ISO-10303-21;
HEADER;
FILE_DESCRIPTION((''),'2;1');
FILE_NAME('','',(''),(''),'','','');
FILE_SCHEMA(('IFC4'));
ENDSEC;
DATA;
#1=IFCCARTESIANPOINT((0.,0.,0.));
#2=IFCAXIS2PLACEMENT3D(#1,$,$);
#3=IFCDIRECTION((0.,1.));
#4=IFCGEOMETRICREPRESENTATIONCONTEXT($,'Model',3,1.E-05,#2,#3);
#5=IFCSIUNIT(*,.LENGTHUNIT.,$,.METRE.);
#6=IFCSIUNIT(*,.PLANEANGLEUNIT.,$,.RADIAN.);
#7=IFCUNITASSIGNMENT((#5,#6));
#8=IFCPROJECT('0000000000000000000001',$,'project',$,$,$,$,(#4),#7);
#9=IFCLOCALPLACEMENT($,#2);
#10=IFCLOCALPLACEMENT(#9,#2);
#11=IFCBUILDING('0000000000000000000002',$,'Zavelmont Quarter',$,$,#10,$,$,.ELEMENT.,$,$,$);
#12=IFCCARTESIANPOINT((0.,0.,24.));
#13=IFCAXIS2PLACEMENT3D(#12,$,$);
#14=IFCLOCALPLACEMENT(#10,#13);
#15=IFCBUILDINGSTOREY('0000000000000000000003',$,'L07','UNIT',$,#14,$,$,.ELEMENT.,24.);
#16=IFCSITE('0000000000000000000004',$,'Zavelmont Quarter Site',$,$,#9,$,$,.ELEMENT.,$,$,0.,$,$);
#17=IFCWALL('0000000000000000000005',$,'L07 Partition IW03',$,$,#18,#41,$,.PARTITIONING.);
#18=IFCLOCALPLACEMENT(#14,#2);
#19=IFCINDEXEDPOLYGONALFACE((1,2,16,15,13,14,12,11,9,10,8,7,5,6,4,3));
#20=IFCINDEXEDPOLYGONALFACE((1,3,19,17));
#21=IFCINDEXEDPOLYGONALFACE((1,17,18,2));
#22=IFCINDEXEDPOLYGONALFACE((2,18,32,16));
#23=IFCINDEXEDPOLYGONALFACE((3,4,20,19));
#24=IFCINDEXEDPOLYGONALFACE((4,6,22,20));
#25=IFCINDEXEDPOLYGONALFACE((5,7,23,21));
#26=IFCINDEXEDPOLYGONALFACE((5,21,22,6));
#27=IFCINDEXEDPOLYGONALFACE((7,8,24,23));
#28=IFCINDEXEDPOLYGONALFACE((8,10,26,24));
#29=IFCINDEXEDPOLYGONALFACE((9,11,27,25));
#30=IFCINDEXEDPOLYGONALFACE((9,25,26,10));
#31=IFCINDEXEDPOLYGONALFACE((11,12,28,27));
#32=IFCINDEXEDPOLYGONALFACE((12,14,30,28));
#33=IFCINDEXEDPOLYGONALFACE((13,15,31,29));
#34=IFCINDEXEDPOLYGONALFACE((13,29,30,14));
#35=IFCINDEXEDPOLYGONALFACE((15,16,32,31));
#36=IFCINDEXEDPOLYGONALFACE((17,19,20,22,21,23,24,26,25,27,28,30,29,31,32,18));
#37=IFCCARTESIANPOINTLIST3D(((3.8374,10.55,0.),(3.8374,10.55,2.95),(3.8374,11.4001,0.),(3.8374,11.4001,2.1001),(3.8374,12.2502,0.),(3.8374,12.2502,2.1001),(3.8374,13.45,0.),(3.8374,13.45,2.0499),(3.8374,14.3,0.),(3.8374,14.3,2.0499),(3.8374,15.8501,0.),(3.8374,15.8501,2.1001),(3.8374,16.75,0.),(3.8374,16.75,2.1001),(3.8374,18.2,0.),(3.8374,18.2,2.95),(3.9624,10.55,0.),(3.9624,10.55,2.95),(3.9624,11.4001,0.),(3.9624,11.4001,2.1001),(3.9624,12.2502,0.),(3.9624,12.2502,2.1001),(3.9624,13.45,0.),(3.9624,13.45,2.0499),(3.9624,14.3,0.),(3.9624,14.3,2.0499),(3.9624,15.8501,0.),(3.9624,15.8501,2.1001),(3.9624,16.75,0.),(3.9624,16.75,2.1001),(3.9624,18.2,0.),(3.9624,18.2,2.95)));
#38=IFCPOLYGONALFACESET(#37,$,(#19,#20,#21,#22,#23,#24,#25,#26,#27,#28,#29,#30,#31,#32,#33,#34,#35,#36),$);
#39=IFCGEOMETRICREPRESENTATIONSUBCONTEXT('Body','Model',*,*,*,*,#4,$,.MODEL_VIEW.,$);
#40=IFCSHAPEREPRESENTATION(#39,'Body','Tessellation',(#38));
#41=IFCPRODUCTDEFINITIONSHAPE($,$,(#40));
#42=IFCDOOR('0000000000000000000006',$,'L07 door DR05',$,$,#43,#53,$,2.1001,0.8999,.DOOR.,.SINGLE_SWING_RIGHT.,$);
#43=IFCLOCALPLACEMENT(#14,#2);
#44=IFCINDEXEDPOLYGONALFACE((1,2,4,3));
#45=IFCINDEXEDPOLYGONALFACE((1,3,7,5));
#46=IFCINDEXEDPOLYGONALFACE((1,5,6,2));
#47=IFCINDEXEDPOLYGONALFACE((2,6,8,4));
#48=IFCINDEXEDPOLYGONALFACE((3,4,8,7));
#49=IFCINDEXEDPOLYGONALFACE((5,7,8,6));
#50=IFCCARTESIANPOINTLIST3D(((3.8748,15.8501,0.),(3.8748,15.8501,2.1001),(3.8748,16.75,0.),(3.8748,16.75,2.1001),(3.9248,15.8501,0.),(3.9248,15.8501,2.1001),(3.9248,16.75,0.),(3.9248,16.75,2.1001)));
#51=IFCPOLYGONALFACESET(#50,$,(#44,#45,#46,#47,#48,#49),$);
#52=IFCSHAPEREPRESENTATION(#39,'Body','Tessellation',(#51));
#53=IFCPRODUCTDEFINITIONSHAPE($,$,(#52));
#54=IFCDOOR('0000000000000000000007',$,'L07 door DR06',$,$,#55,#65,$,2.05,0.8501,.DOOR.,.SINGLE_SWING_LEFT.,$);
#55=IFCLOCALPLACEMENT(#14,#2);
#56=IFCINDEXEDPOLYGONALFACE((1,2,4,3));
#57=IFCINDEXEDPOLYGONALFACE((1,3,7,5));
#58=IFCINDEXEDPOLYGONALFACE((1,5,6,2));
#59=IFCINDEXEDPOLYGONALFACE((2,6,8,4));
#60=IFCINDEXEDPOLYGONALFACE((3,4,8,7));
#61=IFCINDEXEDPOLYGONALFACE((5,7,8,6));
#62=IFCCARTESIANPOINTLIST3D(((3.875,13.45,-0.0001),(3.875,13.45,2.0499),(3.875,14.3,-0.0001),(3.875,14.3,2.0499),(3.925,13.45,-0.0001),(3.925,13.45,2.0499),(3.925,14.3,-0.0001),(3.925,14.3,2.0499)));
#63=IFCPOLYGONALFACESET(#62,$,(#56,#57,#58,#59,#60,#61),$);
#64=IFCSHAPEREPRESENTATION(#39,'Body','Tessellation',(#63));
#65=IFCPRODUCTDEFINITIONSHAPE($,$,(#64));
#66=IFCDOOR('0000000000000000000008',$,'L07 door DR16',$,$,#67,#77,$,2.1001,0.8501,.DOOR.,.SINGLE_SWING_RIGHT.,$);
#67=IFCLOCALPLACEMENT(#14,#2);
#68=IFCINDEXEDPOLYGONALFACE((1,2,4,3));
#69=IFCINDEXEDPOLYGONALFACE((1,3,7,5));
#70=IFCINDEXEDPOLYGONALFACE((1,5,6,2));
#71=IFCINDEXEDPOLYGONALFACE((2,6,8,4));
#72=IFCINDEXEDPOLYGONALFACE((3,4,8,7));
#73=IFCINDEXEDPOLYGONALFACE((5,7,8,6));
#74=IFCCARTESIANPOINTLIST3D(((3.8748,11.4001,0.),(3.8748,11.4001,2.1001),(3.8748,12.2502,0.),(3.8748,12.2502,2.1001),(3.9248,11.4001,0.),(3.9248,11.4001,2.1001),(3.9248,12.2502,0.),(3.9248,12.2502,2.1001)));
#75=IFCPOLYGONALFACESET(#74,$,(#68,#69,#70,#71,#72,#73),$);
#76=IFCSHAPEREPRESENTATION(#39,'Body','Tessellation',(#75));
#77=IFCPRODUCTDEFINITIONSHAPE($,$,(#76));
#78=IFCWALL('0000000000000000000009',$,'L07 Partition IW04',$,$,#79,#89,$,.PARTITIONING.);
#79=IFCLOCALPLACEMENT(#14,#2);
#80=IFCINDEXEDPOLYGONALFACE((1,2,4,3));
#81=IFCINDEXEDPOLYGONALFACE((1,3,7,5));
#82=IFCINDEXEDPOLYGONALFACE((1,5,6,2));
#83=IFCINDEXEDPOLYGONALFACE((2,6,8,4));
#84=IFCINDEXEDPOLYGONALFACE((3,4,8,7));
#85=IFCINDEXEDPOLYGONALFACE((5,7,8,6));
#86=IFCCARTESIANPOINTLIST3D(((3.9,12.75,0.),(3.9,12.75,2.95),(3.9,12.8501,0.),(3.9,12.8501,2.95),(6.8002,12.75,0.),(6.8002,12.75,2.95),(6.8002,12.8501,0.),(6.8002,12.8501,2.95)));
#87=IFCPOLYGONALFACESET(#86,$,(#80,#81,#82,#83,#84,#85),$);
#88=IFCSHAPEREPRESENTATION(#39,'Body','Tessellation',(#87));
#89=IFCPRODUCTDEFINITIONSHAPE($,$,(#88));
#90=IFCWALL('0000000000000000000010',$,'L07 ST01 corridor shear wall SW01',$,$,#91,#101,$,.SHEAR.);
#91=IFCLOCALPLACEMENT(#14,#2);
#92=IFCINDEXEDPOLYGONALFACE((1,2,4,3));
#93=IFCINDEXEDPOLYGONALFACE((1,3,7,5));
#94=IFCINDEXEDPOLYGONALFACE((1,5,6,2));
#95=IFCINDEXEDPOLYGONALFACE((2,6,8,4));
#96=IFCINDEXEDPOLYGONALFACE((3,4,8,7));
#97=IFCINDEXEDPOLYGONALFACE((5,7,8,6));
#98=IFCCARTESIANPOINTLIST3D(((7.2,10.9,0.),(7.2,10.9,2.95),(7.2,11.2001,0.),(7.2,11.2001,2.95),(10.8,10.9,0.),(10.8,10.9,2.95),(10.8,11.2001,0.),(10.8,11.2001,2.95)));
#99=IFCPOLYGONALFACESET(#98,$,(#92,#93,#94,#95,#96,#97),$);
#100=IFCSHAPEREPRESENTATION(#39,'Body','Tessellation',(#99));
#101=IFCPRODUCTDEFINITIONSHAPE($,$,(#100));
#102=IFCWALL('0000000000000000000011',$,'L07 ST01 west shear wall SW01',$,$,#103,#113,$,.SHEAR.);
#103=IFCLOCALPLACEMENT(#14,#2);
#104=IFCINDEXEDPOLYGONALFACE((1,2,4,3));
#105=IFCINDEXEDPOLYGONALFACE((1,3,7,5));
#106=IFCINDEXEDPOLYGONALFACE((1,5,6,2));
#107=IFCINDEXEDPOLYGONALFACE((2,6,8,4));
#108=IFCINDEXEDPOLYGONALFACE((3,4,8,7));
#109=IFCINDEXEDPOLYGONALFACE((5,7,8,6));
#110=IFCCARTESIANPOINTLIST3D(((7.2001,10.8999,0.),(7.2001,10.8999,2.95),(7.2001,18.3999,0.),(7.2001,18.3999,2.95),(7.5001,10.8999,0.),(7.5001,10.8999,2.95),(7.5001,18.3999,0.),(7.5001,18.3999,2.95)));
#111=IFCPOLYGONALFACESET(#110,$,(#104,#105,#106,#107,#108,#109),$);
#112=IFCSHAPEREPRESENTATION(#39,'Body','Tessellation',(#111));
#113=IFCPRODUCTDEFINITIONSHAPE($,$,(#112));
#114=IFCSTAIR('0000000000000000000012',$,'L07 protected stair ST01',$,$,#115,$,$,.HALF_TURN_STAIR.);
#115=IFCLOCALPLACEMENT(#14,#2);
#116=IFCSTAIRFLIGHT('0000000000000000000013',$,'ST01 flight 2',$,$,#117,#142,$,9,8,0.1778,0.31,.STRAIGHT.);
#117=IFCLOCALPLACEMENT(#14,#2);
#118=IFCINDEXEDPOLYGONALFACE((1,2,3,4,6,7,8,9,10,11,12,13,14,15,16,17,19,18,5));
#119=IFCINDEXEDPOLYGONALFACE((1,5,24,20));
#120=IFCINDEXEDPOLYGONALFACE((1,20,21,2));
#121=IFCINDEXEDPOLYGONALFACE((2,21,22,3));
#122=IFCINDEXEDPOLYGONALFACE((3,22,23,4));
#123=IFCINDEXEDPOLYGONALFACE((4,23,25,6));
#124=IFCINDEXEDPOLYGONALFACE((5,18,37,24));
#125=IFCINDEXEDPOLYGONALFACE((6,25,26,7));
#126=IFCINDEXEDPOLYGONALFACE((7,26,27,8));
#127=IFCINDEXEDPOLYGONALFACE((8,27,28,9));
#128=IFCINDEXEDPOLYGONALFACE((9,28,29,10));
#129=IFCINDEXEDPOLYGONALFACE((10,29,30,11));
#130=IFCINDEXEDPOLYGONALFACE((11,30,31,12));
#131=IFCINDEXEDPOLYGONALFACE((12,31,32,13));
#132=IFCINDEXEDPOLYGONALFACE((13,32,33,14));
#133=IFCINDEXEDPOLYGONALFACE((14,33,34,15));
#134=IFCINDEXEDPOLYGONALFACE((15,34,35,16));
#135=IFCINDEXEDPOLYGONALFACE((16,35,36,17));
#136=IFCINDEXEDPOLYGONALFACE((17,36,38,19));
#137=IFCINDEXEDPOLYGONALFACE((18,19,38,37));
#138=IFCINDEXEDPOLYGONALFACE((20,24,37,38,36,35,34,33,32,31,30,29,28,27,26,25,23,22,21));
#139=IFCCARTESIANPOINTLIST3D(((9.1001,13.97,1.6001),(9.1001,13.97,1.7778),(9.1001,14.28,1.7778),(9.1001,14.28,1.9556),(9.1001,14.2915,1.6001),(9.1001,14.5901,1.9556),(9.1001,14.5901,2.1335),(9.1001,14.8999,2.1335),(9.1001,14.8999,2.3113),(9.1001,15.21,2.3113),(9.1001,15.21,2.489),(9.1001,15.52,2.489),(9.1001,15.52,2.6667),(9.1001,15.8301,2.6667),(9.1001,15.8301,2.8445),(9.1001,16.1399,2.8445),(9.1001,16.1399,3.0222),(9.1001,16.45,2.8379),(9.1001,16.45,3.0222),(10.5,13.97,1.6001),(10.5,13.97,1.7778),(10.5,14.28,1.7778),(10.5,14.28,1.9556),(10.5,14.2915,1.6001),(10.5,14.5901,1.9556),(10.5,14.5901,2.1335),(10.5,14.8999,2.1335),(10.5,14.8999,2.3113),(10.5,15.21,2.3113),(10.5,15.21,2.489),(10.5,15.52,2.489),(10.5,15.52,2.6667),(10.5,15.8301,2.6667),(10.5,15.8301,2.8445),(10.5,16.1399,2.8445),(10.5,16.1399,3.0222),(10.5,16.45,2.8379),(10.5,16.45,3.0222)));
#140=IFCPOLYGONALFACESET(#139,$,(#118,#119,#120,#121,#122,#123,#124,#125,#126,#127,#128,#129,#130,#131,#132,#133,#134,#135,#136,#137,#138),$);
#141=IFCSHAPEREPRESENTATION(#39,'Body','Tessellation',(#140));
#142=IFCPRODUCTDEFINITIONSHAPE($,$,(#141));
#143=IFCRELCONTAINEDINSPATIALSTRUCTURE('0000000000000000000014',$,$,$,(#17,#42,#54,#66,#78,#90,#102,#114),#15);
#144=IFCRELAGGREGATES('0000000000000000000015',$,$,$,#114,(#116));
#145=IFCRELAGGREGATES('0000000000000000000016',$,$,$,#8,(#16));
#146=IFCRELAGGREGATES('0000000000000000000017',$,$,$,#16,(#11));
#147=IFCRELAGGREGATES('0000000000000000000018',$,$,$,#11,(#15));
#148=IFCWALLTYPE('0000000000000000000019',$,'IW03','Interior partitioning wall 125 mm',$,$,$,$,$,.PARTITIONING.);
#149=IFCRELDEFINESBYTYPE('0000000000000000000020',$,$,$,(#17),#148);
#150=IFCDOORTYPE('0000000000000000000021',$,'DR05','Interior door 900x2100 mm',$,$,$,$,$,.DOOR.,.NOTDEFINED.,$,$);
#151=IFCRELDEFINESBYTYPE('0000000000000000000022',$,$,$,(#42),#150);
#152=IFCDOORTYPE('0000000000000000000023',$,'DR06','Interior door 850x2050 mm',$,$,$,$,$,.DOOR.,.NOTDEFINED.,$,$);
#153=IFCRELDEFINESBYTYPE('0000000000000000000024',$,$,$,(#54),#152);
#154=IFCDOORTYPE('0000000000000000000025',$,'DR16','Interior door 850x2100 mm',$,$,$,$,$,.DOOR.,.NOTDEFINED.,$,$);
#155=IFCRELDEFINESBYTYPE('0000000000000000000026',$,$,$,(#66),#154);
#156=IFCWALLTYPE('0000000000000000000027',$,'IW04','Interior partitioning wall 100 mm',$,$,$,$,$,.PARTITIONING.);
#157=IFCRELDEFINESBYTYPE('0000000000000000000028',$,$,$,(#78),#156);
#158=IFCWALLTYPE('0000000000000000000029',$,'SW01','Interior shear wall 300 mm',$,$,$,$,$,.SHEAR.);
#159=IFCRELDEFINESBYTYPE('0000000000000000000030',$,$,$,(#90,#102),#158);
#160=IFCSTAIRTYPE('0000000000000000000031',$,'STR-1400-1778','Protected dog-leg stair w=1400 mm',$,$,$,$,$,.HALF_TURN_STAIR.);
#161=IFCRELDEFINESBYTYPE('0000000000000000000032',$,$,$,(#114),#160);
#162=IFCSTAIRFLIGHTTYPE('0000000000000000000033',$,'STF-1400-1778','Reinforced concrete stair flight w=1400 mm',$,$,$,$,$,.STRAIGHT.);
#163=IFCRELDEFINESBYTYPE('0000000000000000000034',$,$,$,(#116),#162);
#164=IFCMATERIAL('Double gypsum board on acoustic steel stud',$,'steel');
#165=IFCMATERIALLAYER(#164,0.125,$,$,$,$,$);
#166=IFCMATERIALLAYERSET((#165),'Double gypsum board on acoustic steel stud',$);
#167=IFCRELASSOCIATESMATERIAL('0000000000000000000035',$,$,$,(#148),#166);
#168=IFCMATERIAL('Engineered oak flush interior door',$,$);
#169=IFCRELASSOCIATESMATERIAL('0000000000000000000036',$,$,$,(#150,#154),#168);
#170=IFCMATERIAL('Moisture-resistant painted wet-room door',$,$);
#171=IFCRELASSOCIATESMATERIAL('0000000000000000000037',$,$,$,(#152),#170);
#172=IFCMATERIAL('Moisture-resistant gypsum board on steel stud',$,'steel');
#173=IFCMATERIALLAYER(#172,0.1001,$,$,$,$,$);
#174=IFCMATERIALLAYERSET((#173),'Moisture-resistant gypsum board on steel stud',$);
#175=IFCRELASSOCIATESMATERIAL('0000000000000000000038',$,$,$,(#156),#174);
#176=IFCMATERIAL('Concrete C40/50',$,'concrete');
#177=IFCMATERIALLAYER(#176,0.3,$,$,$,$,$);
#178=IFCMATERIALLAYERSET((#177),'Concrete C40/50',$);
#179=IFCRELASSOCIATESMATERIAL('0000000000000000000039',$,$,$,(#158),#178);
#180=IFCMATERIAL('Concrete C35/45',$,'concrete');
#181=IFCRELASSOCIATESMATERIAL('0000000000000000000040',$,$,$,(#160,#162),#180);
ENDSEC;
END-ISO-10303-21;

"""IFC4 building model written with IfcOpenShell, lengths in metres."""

from ifc_helpers import new_model, si_unit, direction, frame, frame_2d, origin, origin_with_axes, place, context, subcontext, project, spatial, polyline, rectangle, outline, extrude, material, layer, layer_set, type_object, element, fill, aggregate, save


model = new_model("IFC4")

# Units and contexts
model_context = context("Model", 3, precision=1e-05, world=origin(), true_north=direction((0.0, 1.0)))
body_context = subcontext(model_context, "Body", "Model", "MODEL_VIEW")
ifc_project = project(units=[si_unit("LENGTHUNIT", "METRE"), si_unit("PLANEANGLEUNIT", "RADIAN")], contexts=[model_context])

# Site, building, storey
site_placement = place(None, origin())
site = spatial("IfcSite", under=ifc_project, at=site_placement, Name="Zavelmont Quarter Site", CompositionType="ELEMENT", RefElevation=0.0)
building_placement = place(site_placement, origin())
building = spatial("IfcBuilding", under=site, at=building_placement, Name="Zavelmont Quarter", CompositionType="ELEMENT")
storey_placement = place(building_placement, frame((0.0, 0.0, 24.0)))
storey = spatial("IfcBuildingStorey", under=building, at=storey_placement, Name="L07", Description="UNIT", CompositionType="ELEMENT", Elevation=24.0)

# Shared definitions
ifc_material_1 = material(Name="Concrete C40/50", Category="concrete")

# Shared definitions
ifc_material_2 = material(Name="Concrete C35/45", Category="concrete")

# Wall, openings, doors
ifc_material_3 = material(Name="Double gypsum board on acoustic steel stud", Category="steel")
ifc_layer_1 = layer(ifc_material_3, 0.125)
ifc_layer_set_1 = layer_set([ifc_layer_1], Name="Double gypsum board on acoustic steel stud")
wall_type_1 = type_object("IfcWallType", Name="IW03", Description="Interior partitioning wall 125 mm", PredefinedType="PARTITIONING", material=ifc_layer_set_1)
wall_1_placement = place(storey_placement, frame((3.8999, 10.55, 0.0), z_axis=(0.0, 0.0, 1.0), x_axis=(0.0, 1.0, 0.0)))
wall_1 = element("IfcWall", 1, at=wall_1_placement, inside=storey, type_object=wall_type_1, Name="L07 Partition IW03", PredefinedType="PARTITIONING", context=body_context, shape_type="SweptSolid", body=[
    extrude(rectangle(XDim=7.6499, YDim=0.125, at=frame_2d((3.825, 0.0))), origin(), (0.0, 0.0, 1.0), 2.95),
])
opening_1_placement = place(wall_1_placement, frame((0.8501, 0.0, 0.0)))
opening_1 = element("IfcOpeningElement", 2, at=opening_1_placement, cuts=wall_1, PredefinedType="OPENING", context=body_context, shape_type="SweptSolid", body=[
    extrude(rectangle(XDim=0.8501, YDim=2.1001, at=frame_2d((0.425, 1.05))), frame((0.0, 0.0745, 0.0), z_axis=(0.0, -1.0, 0.0), x_axis=(1.0, 0.0, 0.0)), (0.0, 0.0, 1.0), 0.1489),
])
opening_2_placement = place(wall_1_placement, frame((2.8999, 0.0, 0.0)))
opening_2 = element("IfcOpeningElement", 3, at=opening_2_placement, cuts=wall_1, PredefinedType="OPENING", context=body_context, shape_type="SweptSolid", body=[
    extrude(rectangle(XDim=0.8501, YDim=2.05, at=frame_2d((0.425, 1.0249))), frame((0.0, 0.0745, 0.0), z_axis=(0.0, -1.0, 0.0), x_axis=(1.0, 0.0, 0.0)), (0.0, 0.0, 1.0), 0.1489),
])
opening_3_placement = place(wall_1_placement, frame((5.3, 0.0, 0.0)))
opening_3 = element("IfcOpeningElement", 4, at=opening_3_placement, cuts=wall_1, PredefinedType="OPENING", context=body_context, shape_type="SweptSolid", body=[
    extrude(rectangle(XDim=0.8999, YDim=2.1001, at=frame_2d((0.45, 1.05))), frame((0.0, 0.0745, 0.0), z_axis=(0.0, -1.0, 0.0), x_axis=(1.0, 0.0, 0.0)), (0.0, 0.0, 1.0), 0.1489),
])
ifc_material_4 = material(Name="Engineered oak flush interior door")
door_type_1 = type_object("IfcDoorType", Name="DR05", Description="Interior door 900x2100 mm", OperationType="NOTDEFINED", PredefinedType="DOOR", material=ifc_material_4)
door_1_placement = place(opening_3_placement, frame((0.8999, 0.0, 0.0), z_axis=(0.0, 0.0, 1.0), x_axis=(-1.0, 0.0, 0.0)))
door_1 = element("IfcDoor", 5, at=door_1_placement, inside=storey, type_object=door_type_1, Name="L07 door DR05", OperationType="SINGLE_SWING_RIGHT", OverallHeight=2.1001, OverallWidth=0.8999, PredefinedType="DOOR", context=body_context, shape_type="SweptSolid", body=[
    extrude(rectangle(XDim=0.8999, YDim=2.1001, at=frame_2d((0.45, 1.05))), frame((0.0, 0.0249, 0.0), z_axis=(0.0, -1.0, 0.0), x_axis=(1.0, 0.0, 0.0)), (0.0, 0.0, 1.0), 0.05),
])
fill(opening_3, door_1)
ifc_material_5 = material(Name="Moisture-resistant painted wet-room door")
door_type_2 = type_object("IfcDoorType", Name="DR06", Description="Interior door 850x2050 mm", OperationType="NOTDEFINED", PredefinedType="DOOR", material=ifc_material_5)
door_2_placement = place(opening_2_placement, origin_with_axes())
door_2 = element("IfcDoor", 6, at=door_2_placement, inside=storey, type_object=door_type_2, Name="L07 door DR06", OperationType="SINGLE_SWING_LEFT", OverallHeight=2.05, OverallWidth=0.8501, PredefinedType="DOOR", context=body_context, shape_type="SweptSolid", body=[
    extrude(rectangle(XDim=0.8501, YDim=2.05, at=frame_2d((0.425, 1.0249))), frame((0.0, 0.0249, 0.0), z_axis=(0.0, -1.0, 0.0), x_axis=(1.0, 0.0, 0.0)), (0.0, 0.0, 1.0), 0.05),
])
fill(opening_2, door_2)
door_type_3 = type_object("IfcDoorType", Name="DR16", Description="Interior door 850x2100 mm", OperationType="NOTDEFINED", PredefinedType="DOOR", material=ifc_material_4)
door_3_placement = place(opening_1_placement, frame((0.8501, 0.0, 0.0), z_axis=(0.0, 0.0, 1.0), x_axis=(-1.0, 0.0, 0.0)))
door_3 = element("IfcDoor", 7, at=door_3_placement, inside=storey, type_object=door_type_3, Name="L07 door DR16", OperationType="SINGLE_SWING_RIGHT", OverallHeight=2.1001, OverallWidth=0.8501, PredefinedType="DOOR", context=body_context, shape_type="SweptSolid", body=[
    extrude(rectangle(XDim=0.8501, YDim=2.1001, at=frame_2d((0.425, 1.05))), frame((0.0, 0.0249, 0.0), z_axis=(0.0, -1.0, 0.0), x_axis=(1.0, 0.0, 0.0)), (0.0, 0.0, 1.0), 0.05),
])
fill(opening_1, door_3)

# Walls
ifc_material_6 = material(Name="Moisture-resistant gypsum board on steel stud", Category="steel")
ifc_layer_2 = layer(ifc_material_6, 0.1001)
ifc_layer_set_2 = layer_set([ifc_layer_2], Name="Moisture-resistant gypsum board on steel stud")
wall_type_2 = type_object("IfcWallType", Name="IW04", Description="Interior partitioning wall 100 mm", PredefinedType="PARTITIONING", material=ifc_layer_set_2)
wall_2_placement = place(storey_placement, frame((3.8999, 12.8, 0.0), z_axis=(0.0, 0.0, 1.0), x_axis=(1.0, 0.0, 0.0)))
element("IfcWall", 8, at=wall_2_placement, inside=storey, type_object=wall_type_2, Name="L07 Partition IW04", PredefinedType="PARTITIONING", context=body_context, shape_type="SweptSolid", body=[
    extrude(rectangle(XDim=2.9001, YDim=0.1001, at=frame_2d((1.4502, 0.0))), origin(), (0.0, 0.0, 1.0), 2.95),
])
ifc_layer_3 = layer(ifc_material_1, 0.3)
ifc_layer_set_3 = layer_set([ifc_layer_3], Name="Concrete C40/50")
wall_type_3 = type_object("IfcWallType", Name="SW01", Description="Interior shear wall 300 mm", PredefinedType="SHEAR", material=ifc_layer_set_3)
wall_3_placement = place(storey_placement, frame((7.2, 11.05, 0.0), z_axis=(0.0, 0.0, 1.0), x_axis=(1.0, 0.0, 0.0)))
element("IfcWall", 9, at=wall_3_placement, inside=storey, type_object=wall_type_3, Name="L07 ST01 corridor shear wall SW01", PredefinedType="SHEAR", context=body_context, shape_type="SweptSolid", body=[
    extrude(rectangle(XDim=3.6001, YDim=0.3, at=frame_2d((1.8, 0.0))), origin(), (0.0, 0.0, 1.0), 2.95),
])
wall_4_placement = place(storey_placement, frame((7.3501, 10.8999, 0.0), z_axis=(0.0, 0.0, 1.0), x_axis=(0.0, 1.0, 0.0)))
element("IfcWall", 10, at=wall_4_placement, inside=storey, type_object=wall_type_3, Name="L07 ST01 west shear wall SW01", PredefinedType="SHEAR", context=body_context, shape_type="SweptSolid", body=[
    extrude(rectangle(XDim=7.5, YDim=0.3, at=frame_2d((3.75, 0.0))), origin(), (0.0, 0.0, 1.0), 2.95),
])

# Stair, stair flight
stair_type = type_object("IfcStairType", Name="STR-1400-1778", Description="Protected dog-leg stair w=1400 mm", PredefinedType="HALF_TURN_STAIR", material=ifc_material_2)
stair_placement = place(storey_placement, origin())
stair = element("IfcStair", 11, at=stair_placement, inside=storey, type_object=stair_type, Name="L07 protected stair ST01", PredefinedType="HALF_TURN_STAIR")
stair_flight_type = type_object("IfcStairFlightType", Name="STF-1400-1778", Description="Reinforced concrete stair flight w=1400 mm", PredefinedType="STRAIGHT", material=ifc_material_2)
stair_flight_placement = place(storey_placement, frame((9.8, 13.97, 1.6001), z_axis=(0.0, 0.0, 1.0), x_axis=(0.0, 1.0, 0.0)))
stair_flight = element("IfcStairFlight", 12, at=stair_flight_placement, type_object=stair_flight_type, Name="ST01 flight 2", NumberOfRisers=9, NumberOfTreads=8, PredefinedType="STRAIGHT", RiserHeight=0.1778, TreadLength=0.31, context=body_context, shape_type="SweptSolid", body=[
    extrude(outline(polyline([(0.0, 0.0), (0.0, 0.1777), (0.3101, 0.1777), (0.3101, 0.3555), (0.6201, 0.3555), (0.6201, 0.5334), (0.9299, 0.5334), (0.9299, 0.7112), (1.24, 0.7112), (1.24, 0.8889), (1.55, 0.8889), (1.55, 1.0667), (1.8601, 1.0667), (1.8601, 1.2444), (2.1699, 1.2444), (2.1699, 1.4221), (2.48, 1.4221), (2.48, 1.6001), (2.48, 1.2378), (0.3215, 0.0), (0.0, 0.0)])), frame((0.0, 0.7, 0.0), z_axis=(0.0, -1.0, 0.0), x_axis=(1.0, 0.0, 0.0)), (0.0, 0.0, 1.0), 1.3999),
])
aggregate(stair, [stair_flight])

save(model, "model.ifc")
